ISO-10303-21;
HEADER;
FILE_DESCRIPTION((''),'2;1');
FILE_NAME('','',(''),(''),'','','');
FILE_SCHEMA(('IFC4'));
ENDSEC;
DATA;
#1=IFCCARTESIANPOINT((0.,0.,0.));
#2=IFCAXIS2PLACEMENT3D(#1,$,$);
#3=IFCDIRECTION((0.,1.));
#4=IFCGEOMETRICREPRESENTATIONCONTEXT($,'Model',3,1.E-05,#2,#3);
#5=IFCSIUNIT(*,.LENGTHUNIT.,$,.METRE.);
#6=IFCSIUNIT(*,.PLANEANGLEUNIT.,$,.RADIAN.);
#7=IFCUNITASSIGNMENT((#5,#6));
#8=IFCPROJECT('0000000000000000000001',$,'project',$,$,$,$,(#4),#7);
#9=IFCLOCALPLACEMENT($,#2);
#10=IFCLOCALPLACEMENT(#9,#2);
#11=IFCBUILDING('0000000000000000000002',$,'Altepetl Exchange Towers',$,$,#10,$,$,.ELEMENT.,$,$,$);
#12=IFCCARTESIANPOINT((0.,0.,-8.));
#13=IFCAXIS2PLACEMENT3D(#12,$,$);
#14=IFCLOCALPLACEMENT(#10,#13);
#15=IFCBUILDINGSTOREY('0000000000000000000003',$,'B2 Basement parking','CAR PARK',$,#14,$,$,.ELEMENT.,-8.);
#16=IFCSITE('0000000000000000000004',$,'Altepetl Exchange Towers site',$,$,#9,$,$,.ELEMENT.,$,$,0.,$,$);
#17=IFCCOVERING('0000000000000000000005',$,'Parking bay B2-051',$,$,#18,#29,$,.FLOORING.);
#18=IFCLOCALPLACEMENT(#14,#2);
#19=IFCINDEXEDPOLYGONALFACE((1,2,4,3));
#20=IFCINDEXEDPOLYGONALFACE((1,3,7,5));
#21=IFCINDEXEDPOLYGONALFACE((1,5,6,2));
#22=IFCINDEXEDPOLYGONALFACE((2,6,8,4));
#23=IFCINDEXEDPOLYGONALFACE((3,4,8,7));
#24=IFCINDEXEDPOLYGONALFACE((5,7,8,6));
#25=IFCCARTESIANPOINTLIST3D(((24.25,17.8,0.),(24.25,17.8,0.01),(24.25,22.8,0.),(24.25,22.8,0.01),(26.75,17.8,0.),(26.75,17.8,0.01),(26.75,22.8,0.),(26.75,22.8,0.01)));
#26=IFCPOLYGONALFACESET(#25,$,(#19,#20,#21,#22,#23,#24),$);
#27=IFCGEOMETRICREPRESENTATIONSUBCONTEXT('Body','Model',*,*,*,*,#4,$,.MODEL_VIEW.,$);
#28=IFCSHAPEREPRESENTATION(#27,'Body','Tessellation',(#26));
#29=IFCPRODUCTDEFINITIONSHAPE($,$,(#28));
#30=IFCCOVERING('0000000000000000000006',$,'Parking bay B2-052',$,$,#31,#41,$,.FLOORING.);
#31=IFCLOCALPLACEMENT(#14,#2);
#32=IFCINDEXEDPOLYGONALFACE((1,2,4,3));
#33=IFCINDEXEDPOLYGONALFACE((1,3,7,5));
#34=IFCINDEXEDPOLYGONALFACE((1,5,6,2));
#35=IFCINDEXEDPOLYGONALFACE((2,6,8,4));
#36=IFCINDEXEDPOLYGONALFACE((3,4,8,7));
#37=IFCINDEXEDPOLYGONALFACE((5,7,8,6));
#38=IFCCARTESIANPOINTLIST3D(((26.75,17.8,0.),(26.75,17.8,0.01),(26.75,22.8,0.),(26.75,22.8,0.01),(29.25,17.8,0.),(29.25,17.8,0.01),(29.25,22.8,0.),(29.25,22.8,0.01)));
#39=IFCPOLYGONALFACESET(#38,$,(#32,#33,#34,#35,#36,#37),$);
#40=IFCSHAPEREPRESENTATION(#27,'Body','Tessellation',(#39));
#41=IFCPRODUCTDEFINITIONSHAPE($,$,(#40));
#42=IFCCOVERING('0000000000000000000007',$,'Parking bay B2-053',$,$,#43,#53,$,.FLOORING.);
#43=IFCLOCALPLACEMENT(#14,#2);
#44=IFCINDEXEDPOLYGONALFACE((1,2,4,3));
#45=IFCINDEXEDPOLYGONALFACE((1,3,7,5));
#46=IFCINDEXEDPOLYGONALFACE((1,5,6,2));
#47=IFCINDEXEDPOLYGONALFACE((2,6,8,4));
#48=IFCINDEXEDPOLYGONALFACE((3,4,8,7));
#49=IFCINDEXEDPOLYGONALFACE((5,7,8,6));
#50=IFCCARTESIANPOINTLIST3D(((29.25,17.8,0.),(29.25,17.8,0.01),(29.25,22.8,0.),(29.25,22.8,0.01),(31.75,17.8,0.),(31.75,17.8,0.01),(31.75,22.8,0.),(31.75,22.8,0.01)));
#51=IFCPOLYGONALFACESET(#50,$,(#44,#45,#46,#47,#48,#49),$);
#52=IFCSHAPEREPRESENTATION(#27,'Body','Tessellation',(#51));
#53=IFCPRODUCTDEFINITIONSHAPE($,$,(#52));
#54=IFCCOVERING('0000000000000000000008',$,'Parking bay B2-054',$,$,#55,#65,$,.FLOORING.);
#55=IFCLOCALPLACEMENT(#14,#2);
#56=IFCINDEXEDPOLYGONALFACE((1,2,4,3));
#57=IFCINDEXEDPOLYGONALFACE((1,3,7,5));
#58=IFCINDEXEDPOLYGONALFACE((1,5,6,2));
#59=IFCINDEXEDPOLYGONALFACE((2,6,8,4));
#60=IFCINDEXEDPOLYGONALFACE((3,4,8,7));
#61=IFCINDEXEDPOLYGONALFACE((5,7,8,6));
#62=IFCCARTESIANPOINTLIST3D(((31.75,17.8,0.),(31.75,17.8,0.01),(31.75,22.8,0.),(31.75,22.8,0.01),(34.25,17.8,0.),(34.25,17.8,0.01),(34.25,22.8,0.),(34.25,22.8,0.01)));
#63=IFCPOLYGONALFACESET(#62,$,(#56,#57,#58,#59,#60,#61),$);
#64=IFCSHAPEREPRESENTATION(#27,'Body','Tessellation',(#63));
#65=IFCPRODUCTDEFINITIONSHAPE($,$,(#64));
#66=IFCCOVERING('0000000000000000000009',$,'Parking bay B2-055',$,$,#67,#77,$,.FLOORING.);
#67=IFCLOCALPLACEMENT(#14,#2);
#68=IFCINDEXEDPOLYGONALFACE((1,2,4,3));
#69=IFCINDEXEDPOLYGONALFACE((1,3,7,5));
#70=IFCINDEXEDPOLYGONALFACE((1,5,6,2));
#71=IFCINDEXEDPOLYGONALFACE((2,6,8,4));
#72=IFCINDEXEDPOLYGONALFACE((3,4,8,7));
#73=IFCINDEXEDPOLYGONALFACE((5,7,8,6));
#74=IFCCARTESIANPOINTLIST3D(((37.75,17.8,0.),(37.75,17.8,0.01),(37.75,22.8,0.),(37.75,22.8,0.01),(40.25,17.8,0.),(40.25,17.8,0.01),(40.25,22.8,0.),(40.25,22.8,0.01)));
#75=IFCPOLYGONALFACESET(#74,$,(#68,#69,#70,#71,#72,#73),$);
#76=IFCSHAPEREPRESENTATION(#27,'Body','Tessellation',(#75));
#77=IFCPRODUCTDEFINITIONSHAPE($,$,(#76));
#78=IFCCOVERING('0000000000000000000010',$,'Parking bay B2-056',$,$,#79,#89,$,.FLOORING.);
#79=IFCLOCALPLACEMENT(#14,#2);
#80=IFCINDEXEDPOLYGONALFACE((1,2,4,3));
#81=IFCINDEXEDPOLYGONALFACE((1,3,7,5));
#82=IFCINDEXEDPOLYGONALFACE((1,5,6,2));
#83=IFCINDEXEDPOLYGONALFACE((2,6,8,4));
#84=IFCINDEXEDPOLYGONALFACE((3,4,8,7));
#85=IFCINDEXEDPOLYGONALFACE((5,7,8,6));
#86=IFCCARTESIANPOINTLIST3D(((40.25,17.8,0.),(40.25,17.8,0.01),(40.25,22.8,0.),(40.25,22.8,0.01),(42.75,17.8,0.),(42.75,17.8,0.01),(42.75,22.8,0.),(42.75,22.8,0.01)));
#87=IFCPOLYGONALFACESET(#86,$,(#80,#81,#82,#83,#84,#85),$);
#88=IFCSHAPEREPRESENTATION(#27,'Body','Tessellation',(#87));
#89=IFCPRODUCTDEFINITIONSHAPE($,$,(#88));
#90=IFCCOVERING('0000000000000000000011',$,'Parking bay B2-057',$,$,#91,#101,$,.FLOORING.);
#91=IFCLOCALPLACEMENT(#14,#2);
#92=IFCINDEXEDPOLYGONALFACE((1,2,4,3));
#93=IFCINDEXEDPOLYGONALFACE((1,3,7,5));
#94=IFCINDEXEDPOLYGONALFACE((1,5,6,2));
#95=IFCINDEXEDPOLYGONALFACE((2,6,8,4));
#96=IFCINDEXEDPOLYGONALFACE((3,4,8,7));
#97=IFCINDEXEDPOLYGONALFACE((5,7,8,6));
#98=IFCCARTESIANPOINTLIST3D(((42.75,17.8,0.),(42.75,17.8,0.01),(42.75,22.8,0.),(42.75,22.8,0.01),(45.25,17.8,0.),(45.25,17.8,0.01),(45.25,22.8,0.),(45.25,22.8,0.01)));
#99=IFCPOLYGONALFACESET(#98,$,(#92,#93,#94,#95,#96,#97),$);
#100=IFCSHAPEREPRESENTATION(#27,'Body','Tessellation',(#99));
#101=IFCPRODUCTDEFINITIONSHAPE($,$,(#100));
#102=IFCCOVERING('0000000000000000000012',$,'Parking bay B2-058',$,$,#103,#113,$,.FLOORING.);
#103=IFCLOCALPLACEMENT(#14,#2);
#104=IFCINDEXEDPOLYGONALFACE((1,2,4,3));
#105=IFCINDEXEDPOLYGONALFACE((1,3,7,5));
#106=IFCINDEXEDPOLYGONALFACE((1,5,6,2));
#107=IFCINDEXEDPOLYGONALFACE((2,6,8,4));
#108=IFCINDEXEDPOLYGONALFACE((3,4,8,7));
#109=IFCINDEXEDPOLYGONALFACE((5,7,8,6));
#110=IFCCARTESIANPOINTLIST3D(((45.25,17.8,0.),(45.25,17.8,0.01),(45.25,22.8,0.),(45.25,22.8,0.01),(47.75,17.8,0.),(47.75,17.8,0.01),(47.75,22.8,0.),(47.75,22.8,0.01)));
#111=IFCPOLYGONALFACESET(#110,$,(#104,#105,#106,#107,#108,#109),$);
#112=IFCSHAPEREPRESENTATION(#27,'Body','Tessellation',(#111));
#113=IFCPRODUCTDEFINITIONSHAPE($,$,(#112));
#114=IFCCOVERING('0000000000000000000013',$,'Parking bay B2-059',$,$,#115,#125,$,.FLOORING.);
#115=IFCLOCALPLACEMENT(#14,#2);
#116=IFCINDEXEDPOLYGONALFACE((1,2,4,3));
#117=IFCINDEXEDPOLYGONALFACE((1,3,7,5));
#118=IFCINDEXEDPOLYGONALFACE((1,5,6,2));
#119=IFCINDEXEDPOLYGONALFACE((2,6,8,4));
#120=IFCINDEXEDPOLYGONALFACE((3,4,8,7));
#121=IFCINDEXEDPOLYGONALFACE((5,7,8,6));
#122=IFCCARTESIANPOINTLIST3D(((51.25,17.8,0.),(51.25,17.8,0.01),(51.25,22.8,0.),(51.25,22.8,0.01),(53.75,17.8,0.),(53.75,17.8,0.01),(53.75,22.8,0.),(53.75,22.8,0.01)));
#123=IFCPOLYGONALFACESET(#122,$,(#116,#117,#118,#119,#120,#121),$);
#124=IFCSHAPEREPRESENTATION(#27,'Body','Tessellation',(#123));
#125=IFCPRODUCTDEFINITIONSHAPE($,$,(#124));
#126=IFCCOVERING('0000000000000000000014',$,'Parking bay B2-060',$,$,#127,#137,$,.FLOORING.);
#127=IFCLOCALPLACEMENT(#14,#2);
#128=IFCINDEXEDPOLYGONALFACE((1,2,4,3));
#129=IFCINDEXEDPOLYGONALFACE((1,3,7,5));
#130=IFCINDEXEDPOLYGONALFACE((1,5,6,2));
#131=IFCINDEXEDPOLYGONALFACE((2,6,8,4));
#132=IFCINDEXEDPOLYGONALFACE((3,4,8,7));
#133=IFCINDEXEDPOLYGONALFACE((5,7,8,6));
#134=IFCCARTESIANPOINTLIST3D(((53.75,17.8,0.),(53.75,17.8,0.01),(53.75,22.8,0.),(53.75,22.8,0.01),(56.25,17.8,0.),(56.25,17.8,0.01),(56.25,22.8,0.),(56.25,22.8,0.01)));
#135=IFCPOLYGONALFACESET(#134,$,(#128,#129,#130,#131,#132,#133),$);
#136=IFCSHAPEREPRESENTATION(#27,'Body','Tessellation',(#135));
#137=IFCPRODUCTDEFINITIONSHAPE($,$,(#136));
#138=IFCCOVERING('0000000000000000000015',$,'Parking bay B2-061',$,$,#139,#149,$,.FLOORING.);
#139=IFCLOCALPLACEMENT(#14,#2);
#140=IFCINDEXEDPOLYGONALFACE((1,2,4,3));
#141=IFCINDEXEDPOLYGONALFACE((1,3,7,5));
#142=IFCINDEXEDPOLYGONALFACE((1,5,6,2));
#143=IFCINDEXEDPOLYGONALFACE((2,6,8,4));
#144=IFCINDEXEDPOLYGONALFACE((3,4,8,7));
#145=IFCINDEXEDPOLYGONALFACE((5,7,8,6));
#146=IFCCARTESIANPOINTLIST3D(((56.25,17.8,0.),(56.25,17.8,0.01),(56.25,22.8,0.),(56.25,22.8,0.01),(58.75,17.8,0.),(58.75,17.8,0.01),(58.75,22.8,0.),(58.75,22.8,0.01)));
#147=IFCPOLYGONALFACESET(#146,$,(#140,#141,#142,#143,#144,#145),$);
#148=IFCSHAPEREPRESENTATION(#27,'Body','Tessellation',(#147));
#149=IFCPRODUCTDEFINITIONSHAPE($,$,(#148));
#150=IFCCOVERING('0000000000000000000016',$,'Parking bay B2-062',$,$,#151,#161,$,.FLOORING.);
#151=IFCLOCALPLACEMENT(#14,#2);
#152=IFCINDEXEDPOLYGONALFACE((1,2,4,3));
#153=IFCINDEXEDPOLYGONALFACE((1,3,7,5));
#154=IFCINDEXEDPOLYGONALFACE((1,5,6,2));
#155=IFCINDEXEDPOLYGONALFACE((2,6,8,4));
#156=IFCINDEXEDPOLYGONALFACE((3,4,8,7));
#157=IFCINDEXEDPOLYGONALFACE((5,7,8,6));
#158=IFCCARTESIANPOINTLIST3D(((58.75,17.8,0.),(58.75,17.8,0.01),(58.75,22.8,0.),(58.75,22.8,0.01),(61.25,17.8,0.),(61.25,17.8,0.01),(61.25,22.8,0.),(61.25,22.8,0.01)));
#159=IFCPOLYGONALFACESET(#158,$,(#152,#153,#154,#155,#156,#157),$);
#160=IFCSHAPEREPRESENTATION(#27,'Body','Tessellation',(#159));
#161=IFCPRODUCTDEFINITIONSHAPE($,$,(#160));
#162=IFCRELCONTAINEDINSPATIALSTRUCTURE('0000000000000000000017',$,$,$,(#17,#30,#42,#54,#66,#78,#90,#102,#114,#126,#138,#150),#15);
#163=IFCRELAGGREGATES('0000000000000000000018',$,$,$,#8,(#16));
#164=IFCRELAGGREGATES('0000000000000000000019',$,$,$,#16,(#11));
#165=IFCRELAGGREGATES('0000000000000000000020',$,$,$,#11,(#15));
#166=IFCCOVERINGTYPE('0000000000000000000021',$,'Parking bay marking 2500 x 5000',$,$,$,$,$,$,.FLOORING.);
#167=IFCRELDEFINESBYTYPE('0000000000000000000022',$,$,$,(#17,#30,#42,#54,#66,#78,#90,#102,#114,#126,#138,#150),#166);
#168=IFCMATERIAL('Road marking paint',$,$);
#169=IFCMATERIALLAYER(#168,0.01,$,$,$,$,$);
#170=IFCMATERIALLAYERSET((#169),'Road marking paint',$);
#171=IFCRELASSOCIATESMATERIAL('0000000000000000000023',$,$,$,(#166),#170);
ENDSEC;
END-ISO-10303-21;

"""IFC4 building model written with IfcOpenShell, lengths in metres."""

from ifc_helpers import new_model, si_unit, direction, frame, origin, place, context, subcontext, project, spatial, polyline, outline, extrude, material, layer, layer_set, type_object, element, save


model = new_model("IFC4")

# Units and contexts
model_context = context("Model", 3, precision=1e-05, world=origin(), true_north=direction((0.0, 1.0)))
body_context = subcontext(model_context, "Body", "Model", "MODEL_VIEW")
ifc_project = project(units=[si_unit("LENGTHUNIT", "METRE"), si_unit("PLANEANGLEUNIT", "RADIAN")], contexts=[model_context])

# Site, building, storey
site_placement = place(None, origin())
site = spatial("IfcSite", under=ifc_project, at=site_placement, Name="Altepetl Exchange Towers site", CompositionType="ELEMENT", RefElevation=0.0)
building_placement = place(site_placement, origin())
building = spatial("IfcBuilding", under=site, at=building_placement, Name="Altepetl Exchange Towers", CompositionType="ELEMENT")
storey_placement = place(building_placement, frame((0.0, 0.0, -8.0)))
storey = spatial("IfcBuildingStorey", under=building, at=storey_placement, Name="B2 Basement parking", Description="CAR PARK", CompositionType="ELEMENT", Elevation=-8.0)

# Coverings
ifc_material = material(Name="Road marking paint")
ifc_layer = layer(ifc_material, 0.01)
ifc_layer_set = layer_set([ifc_layer], Name="Road marking paint")
covering_type = type_object("IfcCoveringType", Name="Parking bay marking 2500 x 5000", PredefinedType="FLOORING", material=ifc_layer_set)
covering_1_placement = place(storey_placement, origin())
element("IfcCovering", 1, at=covering_1_placement, inside=storey, type_object=covering_type, Name="Parking bay B2-051", PredefinedType="FLOORING", context=body_context, shape_type="SweptSolid", body=[
    extrude(outline(polyline([(24.25, 17.8), (26.75, 17.8), (26.75, 22.8), (24.25, 22.8), (24.25, 17.8)])), origin(), (0.0, 0.0, 1.0), 0.01),
])
covering_2_placement = place(storey_placement, origin())
element("IfcCovering", 2, at=covering_2_placement, inside=storey, type_object=covering_type, Name="Parking bay B2-052", PredefinedType="FLOORING", context=body_context, shape_type="SweptSolid", body=[
    extrude(outline(polyline([(26.75, 17.8), (29.25, 17.8), (29.25, 22.8), (26.75, 22.8), (26.75, 17.8)])), origin(), (0.0, 0.0, 1.0), 0.01),
])
covering_3_placement = place(storey_placement, origin())
element("IfcCovering", 3, at=covering_3_placement, inside=storey, type_object=covering_type, Name="Parking bay B2-053", PredefinedType="FLOORING", context=body_context, shape_type="SweptSolid", body=[
    extrude(outline(polyline([(29.25, 17.8), (31.75, 17.8), (31.75, 22.8), (29.25, 22.8), (29.25, 17.8)])), origin(), (0.0, 0.0, 1.0), 0.01),
])
covering_4_placement = place(storey_placement, origin())
element("IfcCovering", 4, at=covering_4_placement, inside=storey, type_object=covering_type, Name="Parking bay B2-054", PredefinedType="FLOORING", context=body_context, shape_type="SweptSolid", body=[
    extrude(outline(polyline([(31.75, 17.8), (34.25, 17.8), (34.25, 22.8), (31.75, 22.8), (31.75, 17.8)])), origin(), (0.0, 0.0, 1.0), 0.01),
])
covering_5_placement = place(storey_placement, origin())
element("IfcCovering", 5, at=covering_5_placement, inside=storey, type_object=covering_type, Name="Parking bay B2-055", PredefinedType="FLOORING", context=body_context, shape_type="SweptSolid", body=[
    extrude(outline(polyline([(37.75, 17.8), (40.25, 17.8), (40.25, 22.8), (37.75, 22.8), (37.75, 17.8)])), origin(), (0.0, 0.0, 1.0), 0.01),
])
covering_6_placement = place(storey_placement, origin())
element("IfcCovering", 6, at=covering_6_placement, inside=storey, type_object=covering_type, Name="Parking bay B2-056", PredefinedType="FLOORING", context=body_context, shape_type="SweptSolid", body=[
    extrude(outline(polyline([(40.25, 17.8), (42.75, 17.8), (42.75, 22.8), (40.25, 22.8), (40.25, 17.8)])), origin(), (0.0, 0.0, 1.0), 0.01),
])
covering_7_placement = place(storey_placement, origin())
element("IfcCovering", 7, at=covering_7_placement, inside=storey, type_object=covering_type, Name="Parking bay B2-057", PredefinedType="FLOORING", context=body_context, shape_type="SweptSolid", body=[
    extrude(outline(polyline([(42.75, 17.8), (45.25, 17.8), (45.25, 22.8), (42.75, 22.8), (42.75, 17.8)])), origin(), (0.0, 0.0, 1.0), 0.01),
])
covering_8_placement = place(storey_placement, origin())
element("IfcCovering", 8, at=covering_8_placement, inside=storey, type_object=covering_type, Name="Parking bay B2-058", PredefinedType="FLOORING", context=body_context, shape_type="SweptSolid", body=[
    extrude(outline(polyline([(45.25, 17.8), (47.75, 17.8), (47.75, 22.8), (45.25, 22.8), (45.25, 17.8)])), origin(), (0.0, 0.0, 1.0), 0.01),
])
covering_9_placement = place(storey_placement, origin())
element("IfcCovering", 9, at=covering_9_placement, inside=storey, type_object=covering_type, Name="Parking bay B2-059", PredefinedType="FLOORING", context=body_context, shape_type="SweptSolid", body=[
    extrude(outline(polyline([(51.25, 17.8), (53.75, 17.8), (53.75, 22.8), (51.25, 22.8), (51.25, 17.8)])), origin(), (0.0, 0.0, 1.0), 0.01),
])
covering_10_placement = place(storey_placement, origin())
element("IfcCovering", 10, at=covering_10_placement, inside=storey, type_object=covering_type, Name="Parking bay B2-060", PredefinedType="FLOORING", context=body_context, shape_type="SweptSolid", body=[
    extrude(outline(polyline([(53.75, 17.8), (56.25, 17.8), (56.25, 22.8), (53.75, 22.8), (53.75, 17.8)])), origin(), (0.0, 0.0, 1.0), 0.01),
])
covering_11_placement = place(storey_placement, origin())
element("IfcCovering", 11, at=covering_11_placement, inside=storey, type_object=covering_type, Name="Parking bay B2-061", PredefinedType="FLOORING", context=body_context, shape_type="SweptSolid", body=[
    extrude(outline(polyline([(56.25, 17.8), (58.75, 17.8), (58.75, 22.8), (56.25, 22.8), (56.25, 17.8)])), origin(), (0.0, 0.0, 1.0), 0.01),
])
covering_12_placement = place(storey_placement, origin())
element("IfcCovering", 12, at=covering_12_placement, inside=storey, type_object=covering_type, Name="Parking bay B2-062", PredefinedType="FLOORING", context=body_context, shape_type="SweptSolid", body=[
    extrude(outline(polyline([(58.75, 17.8), (61.25, 17.8), (61.25, 22.8), (58.75, 22.8), (58.75, 17.8)])), origin(), (0.0, 0.0, 1.0), 0.01),
])

save(model, "model.ifc")
